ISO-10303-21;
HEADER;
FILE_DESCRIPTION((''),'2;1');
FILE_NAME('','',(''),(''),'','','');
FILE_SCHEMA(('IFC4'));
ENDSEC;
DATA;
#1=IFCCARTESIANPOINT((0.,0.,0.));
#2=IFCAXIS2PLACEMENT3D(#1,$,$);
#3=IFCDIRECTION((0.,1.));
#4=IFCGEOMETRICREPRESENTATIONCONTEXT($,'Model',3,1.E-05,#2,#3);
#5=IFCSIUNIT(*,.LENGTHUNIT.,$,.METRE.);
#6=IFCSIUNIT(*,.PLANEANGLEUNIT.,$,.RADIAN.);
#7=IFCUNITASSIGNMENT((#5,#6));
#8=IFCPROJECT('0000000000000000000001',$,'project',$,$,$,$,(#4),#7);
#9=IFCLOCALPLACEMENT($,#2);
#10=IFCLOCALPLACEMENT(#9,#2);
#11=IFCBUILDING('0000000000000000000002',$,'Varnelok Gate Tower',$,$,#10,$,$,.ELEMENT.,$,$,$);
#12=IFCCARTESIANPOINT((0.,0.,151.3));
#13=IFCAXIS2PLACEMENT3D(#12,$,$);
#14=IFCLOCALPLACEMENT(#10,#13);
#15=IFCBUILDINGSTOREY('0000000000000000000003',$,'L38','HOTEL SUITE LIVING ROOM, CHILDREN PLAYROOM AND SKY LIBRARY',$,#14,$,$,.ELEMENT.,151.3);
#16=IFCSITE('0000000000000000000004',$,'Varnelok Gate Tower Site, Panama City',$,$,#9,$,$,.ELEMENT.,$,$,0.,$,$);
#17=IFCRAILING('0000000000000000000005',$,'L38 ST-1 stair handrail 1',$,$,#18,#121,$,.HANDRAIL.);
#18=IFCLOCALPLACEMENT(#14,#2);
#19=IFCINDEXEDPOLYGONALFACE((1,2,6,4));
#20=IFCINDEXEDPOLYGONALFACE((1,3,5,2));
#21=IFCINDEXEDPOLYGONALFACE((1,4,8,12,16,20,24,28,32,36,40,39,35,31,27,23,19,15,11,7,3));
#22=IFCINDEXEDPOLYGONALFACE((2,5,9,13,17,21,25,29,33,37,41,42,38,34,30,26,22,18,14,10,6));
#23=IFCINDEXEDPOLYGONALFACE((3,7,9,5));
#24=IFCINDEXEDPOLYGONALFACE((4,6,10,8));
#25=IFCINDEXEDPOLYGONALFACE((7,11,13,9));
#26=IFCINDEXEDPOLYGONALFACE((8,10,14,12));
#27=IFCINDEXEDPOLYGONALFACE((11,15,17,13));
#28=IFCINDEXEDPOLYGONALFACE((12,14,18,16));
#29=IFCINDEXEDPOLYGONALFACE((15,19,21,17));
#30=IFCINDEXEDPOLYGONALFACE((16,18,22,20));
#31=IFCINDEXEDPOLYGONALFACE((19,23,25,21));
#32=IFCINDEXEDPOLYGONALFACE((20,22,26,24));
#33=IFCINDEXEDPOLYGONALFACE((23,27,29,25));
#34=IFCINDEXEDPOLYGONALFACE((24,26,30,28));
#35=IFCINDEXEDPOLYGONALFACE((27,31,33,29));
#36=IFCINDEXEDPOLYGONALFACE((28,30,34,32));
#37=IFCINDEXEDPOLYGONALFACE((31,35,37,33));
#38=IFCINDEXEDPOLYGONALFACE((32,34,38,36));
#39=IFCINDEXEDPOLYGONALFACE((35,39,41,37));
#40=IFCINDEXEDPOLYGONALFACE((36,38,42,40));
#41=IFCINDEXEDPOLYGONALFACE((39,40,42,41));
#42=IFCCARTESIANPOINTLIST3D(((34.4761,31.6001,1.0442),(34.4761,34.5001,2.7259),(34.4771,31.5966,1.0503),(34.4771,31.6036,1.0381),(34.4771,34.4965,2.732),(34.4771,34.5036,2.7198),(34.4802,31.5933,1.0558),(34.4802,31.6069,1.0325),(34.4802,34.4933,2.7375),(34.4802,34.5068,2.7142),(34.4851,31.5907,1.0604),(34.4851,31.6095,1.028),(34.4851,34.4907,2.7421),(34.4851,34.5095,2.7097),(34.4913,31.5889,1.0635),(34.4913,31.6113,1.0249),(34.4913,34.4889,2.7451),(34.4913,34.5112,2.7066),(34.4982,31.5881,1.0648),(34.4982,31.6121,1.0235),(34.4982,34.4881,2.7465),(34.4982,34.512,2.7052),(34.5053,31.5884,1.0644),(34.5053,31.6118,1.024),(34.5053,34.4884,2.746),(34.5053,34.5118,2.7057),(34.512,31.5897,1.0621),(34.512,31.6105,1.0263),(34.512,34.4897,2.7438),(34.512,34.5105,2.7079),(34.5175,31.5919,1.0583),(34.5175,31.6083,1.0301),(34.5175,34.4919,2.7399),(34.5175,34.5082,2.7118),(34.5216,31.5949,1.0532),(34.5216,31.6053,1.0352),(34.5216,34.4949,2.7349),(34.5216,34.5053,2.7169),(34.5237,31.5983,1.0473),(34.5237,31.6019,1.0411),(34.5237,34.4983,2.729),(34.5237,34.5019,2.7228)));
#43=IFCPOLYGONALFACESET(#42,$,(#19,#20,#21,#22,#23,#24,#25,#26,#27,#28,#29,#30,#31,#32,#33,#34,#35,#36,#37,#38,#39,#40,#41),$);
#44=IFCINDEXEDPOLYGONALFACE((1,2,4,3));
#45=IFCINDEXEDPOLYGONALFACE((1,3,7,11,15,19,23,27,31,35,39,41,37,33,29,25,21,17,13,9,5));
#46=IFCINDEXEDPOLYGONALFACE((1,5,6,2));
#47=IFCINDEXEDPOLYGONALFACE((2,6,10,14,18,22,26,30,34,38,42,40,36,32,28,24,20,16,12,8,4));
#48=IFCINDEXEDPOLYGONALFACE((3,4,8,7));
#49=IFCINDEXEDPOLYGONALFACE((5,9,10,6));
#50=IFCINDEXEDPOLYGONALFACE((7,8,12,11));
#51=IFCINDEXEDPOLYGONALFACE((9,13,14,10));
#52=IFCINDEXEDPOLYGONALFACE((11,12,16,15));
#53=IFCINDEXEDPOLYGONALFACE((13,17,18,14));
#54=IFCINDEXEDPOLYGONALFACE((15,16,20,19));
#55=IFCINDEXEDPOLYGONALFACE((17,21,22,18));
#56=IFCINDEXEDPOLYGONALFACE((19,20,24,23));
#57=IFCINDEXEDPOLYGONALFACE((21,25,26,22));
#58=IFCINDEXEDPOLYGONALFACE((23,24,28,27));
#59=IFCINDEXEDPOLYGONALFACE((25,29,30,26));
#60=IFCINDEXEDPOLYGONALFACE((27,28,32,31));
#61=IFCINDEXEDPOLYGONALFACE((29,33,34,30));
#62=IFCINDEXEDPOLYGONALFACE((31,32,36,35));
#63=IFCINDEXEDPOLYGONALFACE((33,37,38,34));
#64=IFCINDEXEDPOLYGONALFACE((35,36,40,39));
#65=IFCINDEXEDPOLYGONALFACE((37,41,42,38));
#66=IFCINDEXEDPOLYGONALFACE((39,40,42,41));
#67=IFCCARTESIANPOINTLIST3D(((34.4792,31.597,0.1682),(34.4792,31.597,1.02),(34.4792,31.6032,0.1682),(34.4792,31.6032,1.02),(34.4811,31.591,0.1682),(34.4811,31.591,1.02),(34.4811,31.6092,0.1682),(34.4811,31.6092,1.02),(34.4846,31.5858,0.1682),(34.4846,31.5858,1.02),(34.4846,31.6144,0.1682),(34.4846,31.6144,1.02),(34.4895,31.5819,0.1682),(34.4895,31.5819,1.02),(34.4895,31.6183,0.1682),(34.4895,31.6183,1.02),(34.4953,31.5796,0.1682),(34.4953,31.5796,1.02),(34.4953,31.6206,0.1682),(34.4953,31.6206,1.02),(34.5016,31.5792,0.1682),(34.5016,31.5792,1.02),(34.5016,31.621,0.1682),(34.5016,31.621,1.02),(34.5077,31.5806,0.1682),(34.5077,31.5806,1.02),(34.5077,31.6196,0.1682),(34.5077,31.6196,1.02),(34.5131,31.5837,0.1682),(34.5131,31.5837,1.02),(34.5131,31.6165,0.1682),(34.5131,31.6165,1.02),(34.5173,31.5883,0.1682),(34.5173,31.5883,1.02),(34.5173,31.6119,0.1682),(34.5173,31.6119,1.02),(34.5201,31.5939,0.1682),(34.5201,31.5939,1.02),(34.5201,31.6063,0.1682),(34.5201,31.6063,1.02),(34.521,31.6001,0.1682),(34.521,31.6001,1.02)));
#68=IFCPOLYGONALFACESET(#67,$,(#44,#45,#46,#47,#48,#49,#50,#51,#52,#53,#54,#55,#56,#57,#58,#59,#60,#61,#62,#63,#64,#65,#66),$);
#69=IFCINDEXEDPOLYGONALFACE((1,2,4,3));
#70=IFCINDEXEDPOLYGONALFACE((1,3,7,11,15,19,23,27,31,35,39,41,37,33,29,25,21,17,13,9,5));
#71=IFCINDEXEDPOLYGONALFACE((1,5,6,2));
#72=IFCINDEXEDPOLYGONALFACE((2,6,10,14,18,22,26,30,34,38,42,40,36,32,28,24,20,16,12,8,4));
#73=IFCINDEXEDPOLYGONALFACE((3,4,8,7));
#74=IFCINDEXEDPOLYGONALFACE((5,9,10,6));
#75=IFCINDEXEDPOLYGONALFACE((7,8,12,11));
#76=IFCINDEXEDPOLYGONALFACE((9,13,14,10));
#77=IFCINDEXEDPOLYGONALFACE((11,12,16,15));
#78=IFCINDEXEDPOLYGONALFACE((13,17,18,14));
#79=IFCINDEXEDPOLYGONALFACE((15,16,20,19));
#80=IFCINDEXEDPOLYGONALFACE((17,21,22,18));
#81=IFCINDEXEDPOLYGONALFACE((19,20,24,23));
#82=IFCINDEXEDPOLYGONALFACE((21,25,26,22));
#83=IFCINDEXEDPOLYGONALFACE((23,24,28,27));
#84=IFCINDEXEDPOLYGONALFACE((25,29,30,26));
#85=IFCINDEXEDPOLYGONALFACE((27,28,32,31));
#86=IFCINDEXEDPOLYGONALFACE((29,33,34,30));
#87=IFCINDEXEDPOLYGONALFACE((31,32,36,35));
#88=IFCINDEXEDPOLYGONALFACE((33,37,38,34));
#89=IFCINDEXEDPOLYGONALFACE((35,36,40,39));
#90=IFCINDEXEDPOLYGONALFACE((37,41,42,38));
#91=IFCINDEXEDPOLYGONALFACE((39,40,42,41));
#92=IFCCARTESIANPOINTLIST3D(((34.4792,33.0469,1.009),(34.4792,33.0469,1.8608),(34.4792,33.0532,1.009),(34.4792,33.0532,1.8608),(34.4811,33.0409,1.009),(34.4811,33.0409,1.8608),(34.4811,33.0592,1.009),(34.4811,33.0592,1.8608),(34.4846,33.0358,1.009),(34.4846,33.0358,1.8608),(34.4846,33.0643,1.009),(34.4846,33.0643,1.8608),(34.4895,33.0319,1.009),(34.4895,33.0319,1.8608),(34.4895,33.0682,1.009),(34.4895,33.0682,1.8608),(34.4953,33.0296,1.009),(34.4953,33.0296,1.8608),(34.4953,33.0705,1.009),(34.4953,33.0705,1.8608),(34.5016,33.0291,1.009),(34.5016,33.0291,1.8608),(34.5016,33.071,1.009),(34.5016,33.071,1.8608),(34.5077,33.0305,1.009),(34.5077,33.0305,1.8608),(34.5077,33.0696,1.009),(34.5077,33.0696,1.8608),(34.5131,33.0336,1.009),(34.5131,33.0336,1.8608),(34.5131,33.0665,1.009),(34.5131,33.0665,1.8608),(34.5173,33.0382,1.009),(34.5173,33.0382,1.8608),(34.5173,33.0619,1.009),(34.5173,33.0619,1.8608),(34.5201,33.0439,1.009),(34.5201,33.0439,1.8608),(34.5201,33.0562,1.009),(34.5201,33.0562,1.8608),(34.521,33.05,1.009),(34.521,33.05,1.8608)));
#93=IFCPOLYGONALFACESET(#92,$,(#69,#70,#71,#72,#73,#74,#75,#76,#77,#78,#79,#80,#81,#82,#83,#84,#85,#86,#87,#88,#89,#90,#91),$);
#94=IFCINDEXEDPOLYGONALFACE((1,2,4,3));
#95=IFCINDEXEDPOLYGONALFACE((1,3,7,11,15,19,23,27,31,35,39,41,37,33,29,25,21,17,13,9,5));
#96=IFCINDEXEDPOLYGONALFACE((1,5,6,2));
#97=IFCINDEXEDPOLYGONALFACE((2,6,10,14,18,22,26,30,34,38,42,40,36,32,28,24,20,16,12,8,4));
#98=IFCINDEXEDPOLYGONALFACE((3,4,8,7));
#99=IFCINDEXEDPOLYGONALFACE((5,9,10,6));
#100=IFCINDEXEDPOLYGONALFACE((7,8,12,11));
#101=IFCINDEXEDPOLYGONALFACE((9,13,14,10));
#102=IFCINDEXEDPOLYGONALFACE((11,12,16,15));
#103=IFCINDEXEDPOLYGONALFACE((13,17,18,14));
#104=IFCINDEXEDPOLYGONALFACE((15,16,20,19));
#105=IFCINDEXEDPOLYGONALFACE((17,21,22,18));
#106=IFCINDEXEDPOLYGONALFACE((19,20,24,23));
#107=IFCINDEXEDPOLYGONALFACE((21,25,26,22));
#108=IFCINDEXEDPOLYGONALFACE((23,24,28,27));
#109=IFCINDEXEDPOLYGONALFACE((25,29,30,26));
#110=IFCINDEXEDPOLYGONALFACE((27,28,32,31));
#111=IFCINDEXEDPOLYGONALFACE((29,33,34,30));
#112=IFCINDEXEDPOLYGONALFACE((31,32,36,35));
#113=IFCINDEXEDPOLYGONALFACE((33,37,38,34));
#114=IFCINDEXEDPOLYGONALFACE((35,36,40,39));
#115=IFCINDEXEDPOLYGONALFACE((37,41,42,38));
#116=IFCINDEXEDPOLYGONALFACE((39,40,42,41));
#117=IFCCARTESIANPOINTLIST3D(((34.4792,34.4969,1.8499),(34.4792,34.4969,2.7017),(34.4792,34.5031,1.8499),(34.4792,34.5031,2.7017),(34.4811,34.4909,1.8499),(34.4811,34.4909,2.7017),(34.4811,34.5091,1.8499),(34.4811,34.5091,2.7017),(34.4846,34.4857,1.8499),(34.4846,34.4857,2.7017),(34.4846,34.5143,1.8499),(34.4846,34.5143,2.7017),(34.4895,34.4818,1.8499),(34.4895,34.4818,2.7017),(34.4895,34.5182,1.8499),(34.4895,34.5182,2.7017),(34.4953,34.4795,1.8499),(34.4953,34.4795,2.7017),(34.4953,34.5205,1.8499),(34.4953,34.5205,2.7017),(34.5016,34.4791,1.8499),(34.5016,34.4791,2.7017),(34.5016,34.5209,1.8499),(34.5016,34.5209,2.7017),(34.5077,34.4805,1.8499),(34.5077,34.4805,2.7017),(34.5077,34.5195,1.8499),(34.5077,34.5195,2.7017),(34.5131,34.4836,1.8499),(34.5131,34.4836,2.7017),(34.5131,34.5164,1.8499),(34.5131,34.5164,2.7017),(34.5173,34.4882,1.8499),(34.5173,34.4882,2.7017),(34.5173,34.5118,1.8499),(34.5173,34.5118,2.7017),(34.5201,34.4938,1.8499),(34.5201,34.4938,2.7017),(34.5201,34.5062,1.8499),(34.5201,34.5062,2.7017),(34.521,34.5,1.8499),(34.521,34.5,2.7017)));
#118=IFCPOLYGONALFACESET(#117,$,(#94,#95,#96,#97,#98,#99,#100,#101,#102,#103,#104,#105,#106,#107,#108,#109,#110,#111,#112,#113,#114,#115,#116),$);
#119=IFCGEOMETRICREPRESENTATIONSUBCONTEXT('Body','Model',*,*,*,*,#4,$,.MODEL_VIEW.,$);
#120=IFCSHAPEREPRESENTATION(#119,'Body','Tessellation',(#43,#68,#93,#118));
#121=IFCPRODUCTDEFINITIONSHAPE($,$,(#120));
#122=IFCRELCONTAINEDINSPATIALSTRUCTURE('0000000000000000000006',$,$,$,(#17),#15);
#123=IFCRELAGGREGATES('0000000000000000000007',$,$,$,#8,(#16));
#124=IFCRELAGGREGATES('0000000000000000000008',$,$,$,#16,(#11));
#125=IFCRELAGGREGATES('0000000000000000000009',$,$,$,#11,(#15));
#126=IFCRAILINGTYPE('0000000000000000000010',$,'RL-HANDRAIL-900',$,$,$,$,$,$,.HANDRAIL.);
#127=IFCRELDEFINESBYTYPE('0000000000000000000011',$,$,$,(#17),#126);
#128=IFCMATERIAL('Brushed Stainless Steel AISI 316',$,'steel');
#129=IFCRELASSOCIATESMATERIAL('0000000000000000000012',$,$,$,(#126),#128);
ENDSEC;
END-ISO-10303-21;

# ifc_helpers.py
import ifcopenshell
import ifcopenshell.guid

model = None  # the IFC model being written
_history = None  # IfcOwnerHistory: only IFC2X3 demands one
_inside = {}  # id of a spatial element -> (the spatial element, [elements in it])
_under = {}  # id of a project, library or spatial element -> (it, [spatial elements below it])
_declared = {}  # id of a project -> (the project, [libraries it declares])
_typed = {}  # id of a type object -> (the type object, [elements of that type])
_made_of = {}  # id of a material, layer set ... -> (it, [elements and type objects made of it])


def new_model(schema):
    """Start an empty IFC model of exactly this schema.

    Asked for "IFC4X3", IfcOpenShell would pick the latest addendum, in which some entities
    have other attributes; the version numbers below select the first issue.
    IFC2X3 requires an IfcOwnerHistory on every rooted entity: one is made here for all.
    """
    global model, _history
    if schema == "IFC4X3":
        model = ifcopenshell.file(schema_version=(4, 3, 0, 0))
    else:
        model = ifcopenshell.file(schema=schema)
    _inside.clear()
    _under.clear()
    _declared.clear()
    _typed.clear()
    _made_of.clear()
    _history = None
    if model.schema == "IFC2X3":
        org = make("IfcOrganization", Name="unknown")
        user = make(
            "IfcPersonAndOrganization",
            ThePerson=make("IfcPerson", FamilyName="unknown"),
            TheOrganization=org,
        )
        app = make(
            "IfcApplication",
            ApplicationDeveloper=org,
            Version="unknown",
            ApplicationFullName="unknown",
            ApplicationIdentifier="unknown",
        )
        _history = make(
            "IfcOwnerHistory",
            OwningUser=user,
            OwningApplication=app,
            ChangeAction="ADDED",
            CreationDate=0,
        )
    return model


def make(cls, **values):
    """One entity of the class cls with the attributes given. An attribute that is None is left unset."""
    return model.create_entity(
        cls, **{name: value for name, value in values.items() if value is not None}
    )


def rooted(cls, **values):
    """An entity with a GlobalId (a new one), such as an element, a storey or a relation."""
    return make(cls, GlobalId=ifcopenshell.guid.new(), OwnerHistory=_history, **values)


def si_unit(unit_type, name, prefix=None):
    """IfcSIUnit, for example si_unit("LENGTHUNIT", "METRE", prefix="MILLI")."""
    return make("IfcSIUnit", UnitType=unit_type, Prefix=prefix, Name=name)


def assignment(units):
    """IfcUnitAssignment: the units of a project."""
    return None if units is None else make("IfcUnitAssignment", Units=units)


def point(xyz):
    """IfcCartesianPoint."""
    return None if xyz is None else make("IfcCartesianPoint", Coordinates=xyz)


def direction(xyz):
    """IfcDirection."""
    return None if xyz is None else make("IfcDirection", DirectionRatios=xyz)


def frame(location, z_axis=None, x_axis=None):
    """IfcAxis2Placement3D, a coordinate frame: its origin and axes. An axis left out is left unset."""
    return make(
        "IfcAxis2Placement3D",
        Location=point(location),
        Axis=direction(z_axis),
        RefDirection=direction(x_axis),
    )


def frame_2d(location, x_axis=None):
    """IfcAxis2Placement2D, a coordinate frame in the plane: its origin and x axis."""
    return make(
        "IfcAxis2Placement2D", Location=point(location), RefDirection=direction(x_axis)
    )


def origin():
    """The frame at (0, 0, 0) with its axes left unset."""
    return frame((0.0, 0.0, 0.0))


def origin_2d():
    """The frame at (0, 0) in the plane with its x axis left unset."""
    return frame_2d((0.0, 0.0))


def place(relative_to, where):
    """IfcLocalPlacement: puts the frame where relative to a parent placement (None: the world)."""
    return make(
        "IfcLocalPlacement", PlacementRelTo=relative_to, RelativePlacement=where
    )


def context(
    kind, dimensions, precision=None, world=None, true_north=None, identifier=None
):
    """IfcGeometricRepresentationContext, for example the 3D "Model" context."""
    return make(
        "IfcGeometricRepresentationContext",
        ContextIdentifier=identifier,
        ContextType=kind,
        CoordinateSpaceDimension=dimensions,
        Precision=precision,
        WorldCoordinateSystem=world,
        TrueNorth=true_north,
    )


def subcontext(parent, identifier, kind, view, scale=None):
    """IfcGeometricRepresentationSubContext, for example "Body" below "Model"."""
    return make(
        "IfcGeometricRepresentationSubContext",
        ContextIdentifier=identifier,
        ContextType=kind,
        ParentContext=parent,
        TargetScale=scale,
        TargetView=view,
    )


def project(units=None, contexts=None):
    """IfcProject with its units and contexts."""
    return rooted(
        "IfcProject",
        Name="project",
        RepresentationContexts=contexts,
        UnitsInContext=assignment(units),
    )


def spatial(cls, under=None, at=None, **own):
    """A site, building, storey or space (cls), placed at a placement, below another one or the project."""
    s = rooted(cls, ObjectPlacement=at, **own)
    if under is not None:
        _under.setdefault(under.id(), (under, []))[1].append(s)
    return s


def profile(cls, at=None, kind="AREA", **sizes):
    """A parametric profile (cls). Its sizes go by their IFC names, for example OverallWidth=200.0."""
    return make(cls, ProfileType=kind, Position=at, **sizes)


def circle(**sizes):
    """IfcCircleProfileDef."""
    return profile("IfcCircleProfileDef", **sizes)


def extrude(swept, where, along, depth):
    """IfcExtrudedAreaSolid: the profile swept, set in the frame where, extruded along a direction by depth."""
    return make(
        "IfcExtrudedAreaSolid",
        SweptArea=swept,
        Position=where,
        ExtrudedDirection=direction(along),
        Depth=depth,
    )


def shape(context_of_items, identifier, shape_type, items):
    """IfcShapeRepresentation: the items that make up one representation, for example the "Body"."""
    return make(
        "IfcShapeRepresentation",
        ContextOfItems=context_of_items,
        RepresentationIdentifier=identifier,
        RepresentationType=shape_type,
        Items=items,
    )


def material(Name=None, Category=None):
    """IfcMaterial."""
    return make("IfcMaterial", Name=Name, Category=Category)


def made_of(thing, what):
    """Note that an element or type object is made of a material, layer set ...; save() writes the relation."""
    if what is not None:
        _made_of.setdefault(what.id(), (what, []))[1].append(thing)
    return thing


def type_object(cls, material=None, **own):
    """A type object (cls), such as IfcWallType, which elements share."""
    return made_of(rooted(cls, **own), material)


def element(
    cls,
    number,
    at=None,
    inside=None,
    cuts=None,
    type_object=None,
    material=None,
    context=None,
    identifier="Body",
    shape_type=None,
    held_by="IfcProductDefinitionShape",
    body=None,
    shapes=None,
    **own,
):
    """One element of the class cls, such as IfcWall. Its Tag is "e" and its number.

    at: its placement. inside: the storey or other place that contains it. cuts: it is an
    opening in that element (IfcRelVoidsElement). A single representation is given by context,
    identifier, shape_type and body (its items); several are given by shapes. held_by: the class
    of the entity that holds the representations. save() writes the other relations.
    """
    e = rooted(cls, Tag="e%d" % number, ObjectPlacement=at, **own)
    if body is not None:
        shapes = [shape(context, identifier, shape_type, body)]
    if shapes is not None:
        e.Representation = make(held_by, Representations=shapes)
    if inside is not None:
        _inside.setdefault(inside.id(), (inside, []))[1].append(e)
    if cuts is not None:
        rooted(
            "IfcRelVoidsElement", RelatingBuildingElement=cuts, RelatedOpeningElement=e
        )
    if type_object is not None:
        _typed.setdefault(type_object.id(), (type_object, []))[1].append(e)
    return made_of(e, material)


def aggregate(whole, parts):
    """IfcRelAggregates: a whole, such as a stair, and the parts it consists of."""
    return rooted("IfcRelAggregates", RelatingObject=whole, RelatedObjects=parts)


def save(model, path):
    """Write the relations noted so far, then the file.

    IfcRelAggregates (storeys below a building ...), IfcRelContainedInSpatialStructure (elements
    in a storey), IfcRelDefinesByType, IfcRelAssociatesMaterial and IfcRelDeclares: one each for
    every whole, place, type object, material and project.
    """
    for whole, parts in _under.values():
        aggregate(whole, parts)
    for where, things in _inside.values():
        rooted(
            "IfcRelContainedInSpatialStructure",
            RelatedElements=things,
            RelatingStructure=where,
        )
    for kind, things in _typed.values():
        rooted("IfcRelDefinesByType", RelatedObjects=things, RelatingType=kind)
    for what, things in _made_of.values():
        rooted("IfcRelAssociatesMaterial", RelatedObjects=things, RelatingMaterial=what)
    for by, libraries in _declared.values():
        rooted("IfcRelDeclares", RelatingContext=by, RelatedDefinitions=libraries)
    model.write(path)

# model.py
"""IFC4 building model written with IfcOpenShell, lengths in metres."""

from ifc_helpers import new_model, si_unit, direction, frame, origin, origin_2d, place, context, subcontext, project, spatial, circle, extrude, material, type_object, element, save


model = new_model("IFC4")

# Units and contexts
model_context = context("Model", 3, precision=1e-05, world=origin(), true_north=direction((0.0, 1.0)))
body_context = subcontext(model_context, "Body", "Model", "MODEL_VIEW")
ifc_project = project(units=[si_unit("LENGTHUNIT", "METRE"), si_unit("PLANEANGLEUNIT", "RADIAN")], contexts=[model_context])

# Site, building, storey
site_placement = place(None, origin())
site = spatial("IfcSite", under=ifc_project, at=site_placement, Name="Varnelok Gate Tower Site, Panama City", CompositionType="ELEMENT", RefElevation=0.0)
building_placement = place(site_placement, origin())
building = spatial("IfcBuilding", under=site, at=building_placement, Name="Varnelok Gate Tower", CompositionType="ELEMENT")
storey_placement = place(building_placement, frame((0.0, 0.0, 151.3)))
storey = spatial("IfcBuildingStorey", under=building, at=storey_placement, Name="L38", Description="HOTEL SUITE LIVING ROOM, CHILDREN PLAYROOM AND SKY LIBRARY", CompositionType="ELEMENT", Elevation=151.3)

# Railing
ifc_material_1 = material(Name="Brushed Stainless Steel AISI 316", Category="steel")
railing_type_1 = type_object("IfcRailingType", Name="RL-HANDRAIL-900", PredefinedType="HANDRAIL", material=ifc_material_1)
railing_1_placement = place(storey_placement, frame((34.5, 31.6001, 0.1682)))
element("IfcRailing", 1, at=railing_1_placement, inside=storey, type_object=railing_type_1, Name="L38 ST-1 stair handrail 1", PredefinedType="HANDRAIL", context=body_context, shape_type="SweptSolid", body=[
    extrude(circle(Radius=0.0239, at=origin_2d()), frame((0.0, 0.0, 0.876), z_axis=(0.0, 0.86507, 0.501651), x_axis=(-1.0, 0.0, 0.0)), (0.0, 0.0, 1.0), 3.3523),
    extrude(circle(Radius=0.021, at=origin_2d()), origin(), (0.0, 0.0, 1.0), 0.8518),
    extrude(circle(Radius=0.021, at=origin_2d()), frame((0.0, 1.45, 0.8408)), (0.0, 0.0, 1.0), 0.8518),
    extrude(circle(Radius=0.021, at=origin_2d()), frame((0.0, 2.8999, 1.6816)), (0.0, 0.0, 1.0), 0.8518),
])

save(model, "model.ifc")
